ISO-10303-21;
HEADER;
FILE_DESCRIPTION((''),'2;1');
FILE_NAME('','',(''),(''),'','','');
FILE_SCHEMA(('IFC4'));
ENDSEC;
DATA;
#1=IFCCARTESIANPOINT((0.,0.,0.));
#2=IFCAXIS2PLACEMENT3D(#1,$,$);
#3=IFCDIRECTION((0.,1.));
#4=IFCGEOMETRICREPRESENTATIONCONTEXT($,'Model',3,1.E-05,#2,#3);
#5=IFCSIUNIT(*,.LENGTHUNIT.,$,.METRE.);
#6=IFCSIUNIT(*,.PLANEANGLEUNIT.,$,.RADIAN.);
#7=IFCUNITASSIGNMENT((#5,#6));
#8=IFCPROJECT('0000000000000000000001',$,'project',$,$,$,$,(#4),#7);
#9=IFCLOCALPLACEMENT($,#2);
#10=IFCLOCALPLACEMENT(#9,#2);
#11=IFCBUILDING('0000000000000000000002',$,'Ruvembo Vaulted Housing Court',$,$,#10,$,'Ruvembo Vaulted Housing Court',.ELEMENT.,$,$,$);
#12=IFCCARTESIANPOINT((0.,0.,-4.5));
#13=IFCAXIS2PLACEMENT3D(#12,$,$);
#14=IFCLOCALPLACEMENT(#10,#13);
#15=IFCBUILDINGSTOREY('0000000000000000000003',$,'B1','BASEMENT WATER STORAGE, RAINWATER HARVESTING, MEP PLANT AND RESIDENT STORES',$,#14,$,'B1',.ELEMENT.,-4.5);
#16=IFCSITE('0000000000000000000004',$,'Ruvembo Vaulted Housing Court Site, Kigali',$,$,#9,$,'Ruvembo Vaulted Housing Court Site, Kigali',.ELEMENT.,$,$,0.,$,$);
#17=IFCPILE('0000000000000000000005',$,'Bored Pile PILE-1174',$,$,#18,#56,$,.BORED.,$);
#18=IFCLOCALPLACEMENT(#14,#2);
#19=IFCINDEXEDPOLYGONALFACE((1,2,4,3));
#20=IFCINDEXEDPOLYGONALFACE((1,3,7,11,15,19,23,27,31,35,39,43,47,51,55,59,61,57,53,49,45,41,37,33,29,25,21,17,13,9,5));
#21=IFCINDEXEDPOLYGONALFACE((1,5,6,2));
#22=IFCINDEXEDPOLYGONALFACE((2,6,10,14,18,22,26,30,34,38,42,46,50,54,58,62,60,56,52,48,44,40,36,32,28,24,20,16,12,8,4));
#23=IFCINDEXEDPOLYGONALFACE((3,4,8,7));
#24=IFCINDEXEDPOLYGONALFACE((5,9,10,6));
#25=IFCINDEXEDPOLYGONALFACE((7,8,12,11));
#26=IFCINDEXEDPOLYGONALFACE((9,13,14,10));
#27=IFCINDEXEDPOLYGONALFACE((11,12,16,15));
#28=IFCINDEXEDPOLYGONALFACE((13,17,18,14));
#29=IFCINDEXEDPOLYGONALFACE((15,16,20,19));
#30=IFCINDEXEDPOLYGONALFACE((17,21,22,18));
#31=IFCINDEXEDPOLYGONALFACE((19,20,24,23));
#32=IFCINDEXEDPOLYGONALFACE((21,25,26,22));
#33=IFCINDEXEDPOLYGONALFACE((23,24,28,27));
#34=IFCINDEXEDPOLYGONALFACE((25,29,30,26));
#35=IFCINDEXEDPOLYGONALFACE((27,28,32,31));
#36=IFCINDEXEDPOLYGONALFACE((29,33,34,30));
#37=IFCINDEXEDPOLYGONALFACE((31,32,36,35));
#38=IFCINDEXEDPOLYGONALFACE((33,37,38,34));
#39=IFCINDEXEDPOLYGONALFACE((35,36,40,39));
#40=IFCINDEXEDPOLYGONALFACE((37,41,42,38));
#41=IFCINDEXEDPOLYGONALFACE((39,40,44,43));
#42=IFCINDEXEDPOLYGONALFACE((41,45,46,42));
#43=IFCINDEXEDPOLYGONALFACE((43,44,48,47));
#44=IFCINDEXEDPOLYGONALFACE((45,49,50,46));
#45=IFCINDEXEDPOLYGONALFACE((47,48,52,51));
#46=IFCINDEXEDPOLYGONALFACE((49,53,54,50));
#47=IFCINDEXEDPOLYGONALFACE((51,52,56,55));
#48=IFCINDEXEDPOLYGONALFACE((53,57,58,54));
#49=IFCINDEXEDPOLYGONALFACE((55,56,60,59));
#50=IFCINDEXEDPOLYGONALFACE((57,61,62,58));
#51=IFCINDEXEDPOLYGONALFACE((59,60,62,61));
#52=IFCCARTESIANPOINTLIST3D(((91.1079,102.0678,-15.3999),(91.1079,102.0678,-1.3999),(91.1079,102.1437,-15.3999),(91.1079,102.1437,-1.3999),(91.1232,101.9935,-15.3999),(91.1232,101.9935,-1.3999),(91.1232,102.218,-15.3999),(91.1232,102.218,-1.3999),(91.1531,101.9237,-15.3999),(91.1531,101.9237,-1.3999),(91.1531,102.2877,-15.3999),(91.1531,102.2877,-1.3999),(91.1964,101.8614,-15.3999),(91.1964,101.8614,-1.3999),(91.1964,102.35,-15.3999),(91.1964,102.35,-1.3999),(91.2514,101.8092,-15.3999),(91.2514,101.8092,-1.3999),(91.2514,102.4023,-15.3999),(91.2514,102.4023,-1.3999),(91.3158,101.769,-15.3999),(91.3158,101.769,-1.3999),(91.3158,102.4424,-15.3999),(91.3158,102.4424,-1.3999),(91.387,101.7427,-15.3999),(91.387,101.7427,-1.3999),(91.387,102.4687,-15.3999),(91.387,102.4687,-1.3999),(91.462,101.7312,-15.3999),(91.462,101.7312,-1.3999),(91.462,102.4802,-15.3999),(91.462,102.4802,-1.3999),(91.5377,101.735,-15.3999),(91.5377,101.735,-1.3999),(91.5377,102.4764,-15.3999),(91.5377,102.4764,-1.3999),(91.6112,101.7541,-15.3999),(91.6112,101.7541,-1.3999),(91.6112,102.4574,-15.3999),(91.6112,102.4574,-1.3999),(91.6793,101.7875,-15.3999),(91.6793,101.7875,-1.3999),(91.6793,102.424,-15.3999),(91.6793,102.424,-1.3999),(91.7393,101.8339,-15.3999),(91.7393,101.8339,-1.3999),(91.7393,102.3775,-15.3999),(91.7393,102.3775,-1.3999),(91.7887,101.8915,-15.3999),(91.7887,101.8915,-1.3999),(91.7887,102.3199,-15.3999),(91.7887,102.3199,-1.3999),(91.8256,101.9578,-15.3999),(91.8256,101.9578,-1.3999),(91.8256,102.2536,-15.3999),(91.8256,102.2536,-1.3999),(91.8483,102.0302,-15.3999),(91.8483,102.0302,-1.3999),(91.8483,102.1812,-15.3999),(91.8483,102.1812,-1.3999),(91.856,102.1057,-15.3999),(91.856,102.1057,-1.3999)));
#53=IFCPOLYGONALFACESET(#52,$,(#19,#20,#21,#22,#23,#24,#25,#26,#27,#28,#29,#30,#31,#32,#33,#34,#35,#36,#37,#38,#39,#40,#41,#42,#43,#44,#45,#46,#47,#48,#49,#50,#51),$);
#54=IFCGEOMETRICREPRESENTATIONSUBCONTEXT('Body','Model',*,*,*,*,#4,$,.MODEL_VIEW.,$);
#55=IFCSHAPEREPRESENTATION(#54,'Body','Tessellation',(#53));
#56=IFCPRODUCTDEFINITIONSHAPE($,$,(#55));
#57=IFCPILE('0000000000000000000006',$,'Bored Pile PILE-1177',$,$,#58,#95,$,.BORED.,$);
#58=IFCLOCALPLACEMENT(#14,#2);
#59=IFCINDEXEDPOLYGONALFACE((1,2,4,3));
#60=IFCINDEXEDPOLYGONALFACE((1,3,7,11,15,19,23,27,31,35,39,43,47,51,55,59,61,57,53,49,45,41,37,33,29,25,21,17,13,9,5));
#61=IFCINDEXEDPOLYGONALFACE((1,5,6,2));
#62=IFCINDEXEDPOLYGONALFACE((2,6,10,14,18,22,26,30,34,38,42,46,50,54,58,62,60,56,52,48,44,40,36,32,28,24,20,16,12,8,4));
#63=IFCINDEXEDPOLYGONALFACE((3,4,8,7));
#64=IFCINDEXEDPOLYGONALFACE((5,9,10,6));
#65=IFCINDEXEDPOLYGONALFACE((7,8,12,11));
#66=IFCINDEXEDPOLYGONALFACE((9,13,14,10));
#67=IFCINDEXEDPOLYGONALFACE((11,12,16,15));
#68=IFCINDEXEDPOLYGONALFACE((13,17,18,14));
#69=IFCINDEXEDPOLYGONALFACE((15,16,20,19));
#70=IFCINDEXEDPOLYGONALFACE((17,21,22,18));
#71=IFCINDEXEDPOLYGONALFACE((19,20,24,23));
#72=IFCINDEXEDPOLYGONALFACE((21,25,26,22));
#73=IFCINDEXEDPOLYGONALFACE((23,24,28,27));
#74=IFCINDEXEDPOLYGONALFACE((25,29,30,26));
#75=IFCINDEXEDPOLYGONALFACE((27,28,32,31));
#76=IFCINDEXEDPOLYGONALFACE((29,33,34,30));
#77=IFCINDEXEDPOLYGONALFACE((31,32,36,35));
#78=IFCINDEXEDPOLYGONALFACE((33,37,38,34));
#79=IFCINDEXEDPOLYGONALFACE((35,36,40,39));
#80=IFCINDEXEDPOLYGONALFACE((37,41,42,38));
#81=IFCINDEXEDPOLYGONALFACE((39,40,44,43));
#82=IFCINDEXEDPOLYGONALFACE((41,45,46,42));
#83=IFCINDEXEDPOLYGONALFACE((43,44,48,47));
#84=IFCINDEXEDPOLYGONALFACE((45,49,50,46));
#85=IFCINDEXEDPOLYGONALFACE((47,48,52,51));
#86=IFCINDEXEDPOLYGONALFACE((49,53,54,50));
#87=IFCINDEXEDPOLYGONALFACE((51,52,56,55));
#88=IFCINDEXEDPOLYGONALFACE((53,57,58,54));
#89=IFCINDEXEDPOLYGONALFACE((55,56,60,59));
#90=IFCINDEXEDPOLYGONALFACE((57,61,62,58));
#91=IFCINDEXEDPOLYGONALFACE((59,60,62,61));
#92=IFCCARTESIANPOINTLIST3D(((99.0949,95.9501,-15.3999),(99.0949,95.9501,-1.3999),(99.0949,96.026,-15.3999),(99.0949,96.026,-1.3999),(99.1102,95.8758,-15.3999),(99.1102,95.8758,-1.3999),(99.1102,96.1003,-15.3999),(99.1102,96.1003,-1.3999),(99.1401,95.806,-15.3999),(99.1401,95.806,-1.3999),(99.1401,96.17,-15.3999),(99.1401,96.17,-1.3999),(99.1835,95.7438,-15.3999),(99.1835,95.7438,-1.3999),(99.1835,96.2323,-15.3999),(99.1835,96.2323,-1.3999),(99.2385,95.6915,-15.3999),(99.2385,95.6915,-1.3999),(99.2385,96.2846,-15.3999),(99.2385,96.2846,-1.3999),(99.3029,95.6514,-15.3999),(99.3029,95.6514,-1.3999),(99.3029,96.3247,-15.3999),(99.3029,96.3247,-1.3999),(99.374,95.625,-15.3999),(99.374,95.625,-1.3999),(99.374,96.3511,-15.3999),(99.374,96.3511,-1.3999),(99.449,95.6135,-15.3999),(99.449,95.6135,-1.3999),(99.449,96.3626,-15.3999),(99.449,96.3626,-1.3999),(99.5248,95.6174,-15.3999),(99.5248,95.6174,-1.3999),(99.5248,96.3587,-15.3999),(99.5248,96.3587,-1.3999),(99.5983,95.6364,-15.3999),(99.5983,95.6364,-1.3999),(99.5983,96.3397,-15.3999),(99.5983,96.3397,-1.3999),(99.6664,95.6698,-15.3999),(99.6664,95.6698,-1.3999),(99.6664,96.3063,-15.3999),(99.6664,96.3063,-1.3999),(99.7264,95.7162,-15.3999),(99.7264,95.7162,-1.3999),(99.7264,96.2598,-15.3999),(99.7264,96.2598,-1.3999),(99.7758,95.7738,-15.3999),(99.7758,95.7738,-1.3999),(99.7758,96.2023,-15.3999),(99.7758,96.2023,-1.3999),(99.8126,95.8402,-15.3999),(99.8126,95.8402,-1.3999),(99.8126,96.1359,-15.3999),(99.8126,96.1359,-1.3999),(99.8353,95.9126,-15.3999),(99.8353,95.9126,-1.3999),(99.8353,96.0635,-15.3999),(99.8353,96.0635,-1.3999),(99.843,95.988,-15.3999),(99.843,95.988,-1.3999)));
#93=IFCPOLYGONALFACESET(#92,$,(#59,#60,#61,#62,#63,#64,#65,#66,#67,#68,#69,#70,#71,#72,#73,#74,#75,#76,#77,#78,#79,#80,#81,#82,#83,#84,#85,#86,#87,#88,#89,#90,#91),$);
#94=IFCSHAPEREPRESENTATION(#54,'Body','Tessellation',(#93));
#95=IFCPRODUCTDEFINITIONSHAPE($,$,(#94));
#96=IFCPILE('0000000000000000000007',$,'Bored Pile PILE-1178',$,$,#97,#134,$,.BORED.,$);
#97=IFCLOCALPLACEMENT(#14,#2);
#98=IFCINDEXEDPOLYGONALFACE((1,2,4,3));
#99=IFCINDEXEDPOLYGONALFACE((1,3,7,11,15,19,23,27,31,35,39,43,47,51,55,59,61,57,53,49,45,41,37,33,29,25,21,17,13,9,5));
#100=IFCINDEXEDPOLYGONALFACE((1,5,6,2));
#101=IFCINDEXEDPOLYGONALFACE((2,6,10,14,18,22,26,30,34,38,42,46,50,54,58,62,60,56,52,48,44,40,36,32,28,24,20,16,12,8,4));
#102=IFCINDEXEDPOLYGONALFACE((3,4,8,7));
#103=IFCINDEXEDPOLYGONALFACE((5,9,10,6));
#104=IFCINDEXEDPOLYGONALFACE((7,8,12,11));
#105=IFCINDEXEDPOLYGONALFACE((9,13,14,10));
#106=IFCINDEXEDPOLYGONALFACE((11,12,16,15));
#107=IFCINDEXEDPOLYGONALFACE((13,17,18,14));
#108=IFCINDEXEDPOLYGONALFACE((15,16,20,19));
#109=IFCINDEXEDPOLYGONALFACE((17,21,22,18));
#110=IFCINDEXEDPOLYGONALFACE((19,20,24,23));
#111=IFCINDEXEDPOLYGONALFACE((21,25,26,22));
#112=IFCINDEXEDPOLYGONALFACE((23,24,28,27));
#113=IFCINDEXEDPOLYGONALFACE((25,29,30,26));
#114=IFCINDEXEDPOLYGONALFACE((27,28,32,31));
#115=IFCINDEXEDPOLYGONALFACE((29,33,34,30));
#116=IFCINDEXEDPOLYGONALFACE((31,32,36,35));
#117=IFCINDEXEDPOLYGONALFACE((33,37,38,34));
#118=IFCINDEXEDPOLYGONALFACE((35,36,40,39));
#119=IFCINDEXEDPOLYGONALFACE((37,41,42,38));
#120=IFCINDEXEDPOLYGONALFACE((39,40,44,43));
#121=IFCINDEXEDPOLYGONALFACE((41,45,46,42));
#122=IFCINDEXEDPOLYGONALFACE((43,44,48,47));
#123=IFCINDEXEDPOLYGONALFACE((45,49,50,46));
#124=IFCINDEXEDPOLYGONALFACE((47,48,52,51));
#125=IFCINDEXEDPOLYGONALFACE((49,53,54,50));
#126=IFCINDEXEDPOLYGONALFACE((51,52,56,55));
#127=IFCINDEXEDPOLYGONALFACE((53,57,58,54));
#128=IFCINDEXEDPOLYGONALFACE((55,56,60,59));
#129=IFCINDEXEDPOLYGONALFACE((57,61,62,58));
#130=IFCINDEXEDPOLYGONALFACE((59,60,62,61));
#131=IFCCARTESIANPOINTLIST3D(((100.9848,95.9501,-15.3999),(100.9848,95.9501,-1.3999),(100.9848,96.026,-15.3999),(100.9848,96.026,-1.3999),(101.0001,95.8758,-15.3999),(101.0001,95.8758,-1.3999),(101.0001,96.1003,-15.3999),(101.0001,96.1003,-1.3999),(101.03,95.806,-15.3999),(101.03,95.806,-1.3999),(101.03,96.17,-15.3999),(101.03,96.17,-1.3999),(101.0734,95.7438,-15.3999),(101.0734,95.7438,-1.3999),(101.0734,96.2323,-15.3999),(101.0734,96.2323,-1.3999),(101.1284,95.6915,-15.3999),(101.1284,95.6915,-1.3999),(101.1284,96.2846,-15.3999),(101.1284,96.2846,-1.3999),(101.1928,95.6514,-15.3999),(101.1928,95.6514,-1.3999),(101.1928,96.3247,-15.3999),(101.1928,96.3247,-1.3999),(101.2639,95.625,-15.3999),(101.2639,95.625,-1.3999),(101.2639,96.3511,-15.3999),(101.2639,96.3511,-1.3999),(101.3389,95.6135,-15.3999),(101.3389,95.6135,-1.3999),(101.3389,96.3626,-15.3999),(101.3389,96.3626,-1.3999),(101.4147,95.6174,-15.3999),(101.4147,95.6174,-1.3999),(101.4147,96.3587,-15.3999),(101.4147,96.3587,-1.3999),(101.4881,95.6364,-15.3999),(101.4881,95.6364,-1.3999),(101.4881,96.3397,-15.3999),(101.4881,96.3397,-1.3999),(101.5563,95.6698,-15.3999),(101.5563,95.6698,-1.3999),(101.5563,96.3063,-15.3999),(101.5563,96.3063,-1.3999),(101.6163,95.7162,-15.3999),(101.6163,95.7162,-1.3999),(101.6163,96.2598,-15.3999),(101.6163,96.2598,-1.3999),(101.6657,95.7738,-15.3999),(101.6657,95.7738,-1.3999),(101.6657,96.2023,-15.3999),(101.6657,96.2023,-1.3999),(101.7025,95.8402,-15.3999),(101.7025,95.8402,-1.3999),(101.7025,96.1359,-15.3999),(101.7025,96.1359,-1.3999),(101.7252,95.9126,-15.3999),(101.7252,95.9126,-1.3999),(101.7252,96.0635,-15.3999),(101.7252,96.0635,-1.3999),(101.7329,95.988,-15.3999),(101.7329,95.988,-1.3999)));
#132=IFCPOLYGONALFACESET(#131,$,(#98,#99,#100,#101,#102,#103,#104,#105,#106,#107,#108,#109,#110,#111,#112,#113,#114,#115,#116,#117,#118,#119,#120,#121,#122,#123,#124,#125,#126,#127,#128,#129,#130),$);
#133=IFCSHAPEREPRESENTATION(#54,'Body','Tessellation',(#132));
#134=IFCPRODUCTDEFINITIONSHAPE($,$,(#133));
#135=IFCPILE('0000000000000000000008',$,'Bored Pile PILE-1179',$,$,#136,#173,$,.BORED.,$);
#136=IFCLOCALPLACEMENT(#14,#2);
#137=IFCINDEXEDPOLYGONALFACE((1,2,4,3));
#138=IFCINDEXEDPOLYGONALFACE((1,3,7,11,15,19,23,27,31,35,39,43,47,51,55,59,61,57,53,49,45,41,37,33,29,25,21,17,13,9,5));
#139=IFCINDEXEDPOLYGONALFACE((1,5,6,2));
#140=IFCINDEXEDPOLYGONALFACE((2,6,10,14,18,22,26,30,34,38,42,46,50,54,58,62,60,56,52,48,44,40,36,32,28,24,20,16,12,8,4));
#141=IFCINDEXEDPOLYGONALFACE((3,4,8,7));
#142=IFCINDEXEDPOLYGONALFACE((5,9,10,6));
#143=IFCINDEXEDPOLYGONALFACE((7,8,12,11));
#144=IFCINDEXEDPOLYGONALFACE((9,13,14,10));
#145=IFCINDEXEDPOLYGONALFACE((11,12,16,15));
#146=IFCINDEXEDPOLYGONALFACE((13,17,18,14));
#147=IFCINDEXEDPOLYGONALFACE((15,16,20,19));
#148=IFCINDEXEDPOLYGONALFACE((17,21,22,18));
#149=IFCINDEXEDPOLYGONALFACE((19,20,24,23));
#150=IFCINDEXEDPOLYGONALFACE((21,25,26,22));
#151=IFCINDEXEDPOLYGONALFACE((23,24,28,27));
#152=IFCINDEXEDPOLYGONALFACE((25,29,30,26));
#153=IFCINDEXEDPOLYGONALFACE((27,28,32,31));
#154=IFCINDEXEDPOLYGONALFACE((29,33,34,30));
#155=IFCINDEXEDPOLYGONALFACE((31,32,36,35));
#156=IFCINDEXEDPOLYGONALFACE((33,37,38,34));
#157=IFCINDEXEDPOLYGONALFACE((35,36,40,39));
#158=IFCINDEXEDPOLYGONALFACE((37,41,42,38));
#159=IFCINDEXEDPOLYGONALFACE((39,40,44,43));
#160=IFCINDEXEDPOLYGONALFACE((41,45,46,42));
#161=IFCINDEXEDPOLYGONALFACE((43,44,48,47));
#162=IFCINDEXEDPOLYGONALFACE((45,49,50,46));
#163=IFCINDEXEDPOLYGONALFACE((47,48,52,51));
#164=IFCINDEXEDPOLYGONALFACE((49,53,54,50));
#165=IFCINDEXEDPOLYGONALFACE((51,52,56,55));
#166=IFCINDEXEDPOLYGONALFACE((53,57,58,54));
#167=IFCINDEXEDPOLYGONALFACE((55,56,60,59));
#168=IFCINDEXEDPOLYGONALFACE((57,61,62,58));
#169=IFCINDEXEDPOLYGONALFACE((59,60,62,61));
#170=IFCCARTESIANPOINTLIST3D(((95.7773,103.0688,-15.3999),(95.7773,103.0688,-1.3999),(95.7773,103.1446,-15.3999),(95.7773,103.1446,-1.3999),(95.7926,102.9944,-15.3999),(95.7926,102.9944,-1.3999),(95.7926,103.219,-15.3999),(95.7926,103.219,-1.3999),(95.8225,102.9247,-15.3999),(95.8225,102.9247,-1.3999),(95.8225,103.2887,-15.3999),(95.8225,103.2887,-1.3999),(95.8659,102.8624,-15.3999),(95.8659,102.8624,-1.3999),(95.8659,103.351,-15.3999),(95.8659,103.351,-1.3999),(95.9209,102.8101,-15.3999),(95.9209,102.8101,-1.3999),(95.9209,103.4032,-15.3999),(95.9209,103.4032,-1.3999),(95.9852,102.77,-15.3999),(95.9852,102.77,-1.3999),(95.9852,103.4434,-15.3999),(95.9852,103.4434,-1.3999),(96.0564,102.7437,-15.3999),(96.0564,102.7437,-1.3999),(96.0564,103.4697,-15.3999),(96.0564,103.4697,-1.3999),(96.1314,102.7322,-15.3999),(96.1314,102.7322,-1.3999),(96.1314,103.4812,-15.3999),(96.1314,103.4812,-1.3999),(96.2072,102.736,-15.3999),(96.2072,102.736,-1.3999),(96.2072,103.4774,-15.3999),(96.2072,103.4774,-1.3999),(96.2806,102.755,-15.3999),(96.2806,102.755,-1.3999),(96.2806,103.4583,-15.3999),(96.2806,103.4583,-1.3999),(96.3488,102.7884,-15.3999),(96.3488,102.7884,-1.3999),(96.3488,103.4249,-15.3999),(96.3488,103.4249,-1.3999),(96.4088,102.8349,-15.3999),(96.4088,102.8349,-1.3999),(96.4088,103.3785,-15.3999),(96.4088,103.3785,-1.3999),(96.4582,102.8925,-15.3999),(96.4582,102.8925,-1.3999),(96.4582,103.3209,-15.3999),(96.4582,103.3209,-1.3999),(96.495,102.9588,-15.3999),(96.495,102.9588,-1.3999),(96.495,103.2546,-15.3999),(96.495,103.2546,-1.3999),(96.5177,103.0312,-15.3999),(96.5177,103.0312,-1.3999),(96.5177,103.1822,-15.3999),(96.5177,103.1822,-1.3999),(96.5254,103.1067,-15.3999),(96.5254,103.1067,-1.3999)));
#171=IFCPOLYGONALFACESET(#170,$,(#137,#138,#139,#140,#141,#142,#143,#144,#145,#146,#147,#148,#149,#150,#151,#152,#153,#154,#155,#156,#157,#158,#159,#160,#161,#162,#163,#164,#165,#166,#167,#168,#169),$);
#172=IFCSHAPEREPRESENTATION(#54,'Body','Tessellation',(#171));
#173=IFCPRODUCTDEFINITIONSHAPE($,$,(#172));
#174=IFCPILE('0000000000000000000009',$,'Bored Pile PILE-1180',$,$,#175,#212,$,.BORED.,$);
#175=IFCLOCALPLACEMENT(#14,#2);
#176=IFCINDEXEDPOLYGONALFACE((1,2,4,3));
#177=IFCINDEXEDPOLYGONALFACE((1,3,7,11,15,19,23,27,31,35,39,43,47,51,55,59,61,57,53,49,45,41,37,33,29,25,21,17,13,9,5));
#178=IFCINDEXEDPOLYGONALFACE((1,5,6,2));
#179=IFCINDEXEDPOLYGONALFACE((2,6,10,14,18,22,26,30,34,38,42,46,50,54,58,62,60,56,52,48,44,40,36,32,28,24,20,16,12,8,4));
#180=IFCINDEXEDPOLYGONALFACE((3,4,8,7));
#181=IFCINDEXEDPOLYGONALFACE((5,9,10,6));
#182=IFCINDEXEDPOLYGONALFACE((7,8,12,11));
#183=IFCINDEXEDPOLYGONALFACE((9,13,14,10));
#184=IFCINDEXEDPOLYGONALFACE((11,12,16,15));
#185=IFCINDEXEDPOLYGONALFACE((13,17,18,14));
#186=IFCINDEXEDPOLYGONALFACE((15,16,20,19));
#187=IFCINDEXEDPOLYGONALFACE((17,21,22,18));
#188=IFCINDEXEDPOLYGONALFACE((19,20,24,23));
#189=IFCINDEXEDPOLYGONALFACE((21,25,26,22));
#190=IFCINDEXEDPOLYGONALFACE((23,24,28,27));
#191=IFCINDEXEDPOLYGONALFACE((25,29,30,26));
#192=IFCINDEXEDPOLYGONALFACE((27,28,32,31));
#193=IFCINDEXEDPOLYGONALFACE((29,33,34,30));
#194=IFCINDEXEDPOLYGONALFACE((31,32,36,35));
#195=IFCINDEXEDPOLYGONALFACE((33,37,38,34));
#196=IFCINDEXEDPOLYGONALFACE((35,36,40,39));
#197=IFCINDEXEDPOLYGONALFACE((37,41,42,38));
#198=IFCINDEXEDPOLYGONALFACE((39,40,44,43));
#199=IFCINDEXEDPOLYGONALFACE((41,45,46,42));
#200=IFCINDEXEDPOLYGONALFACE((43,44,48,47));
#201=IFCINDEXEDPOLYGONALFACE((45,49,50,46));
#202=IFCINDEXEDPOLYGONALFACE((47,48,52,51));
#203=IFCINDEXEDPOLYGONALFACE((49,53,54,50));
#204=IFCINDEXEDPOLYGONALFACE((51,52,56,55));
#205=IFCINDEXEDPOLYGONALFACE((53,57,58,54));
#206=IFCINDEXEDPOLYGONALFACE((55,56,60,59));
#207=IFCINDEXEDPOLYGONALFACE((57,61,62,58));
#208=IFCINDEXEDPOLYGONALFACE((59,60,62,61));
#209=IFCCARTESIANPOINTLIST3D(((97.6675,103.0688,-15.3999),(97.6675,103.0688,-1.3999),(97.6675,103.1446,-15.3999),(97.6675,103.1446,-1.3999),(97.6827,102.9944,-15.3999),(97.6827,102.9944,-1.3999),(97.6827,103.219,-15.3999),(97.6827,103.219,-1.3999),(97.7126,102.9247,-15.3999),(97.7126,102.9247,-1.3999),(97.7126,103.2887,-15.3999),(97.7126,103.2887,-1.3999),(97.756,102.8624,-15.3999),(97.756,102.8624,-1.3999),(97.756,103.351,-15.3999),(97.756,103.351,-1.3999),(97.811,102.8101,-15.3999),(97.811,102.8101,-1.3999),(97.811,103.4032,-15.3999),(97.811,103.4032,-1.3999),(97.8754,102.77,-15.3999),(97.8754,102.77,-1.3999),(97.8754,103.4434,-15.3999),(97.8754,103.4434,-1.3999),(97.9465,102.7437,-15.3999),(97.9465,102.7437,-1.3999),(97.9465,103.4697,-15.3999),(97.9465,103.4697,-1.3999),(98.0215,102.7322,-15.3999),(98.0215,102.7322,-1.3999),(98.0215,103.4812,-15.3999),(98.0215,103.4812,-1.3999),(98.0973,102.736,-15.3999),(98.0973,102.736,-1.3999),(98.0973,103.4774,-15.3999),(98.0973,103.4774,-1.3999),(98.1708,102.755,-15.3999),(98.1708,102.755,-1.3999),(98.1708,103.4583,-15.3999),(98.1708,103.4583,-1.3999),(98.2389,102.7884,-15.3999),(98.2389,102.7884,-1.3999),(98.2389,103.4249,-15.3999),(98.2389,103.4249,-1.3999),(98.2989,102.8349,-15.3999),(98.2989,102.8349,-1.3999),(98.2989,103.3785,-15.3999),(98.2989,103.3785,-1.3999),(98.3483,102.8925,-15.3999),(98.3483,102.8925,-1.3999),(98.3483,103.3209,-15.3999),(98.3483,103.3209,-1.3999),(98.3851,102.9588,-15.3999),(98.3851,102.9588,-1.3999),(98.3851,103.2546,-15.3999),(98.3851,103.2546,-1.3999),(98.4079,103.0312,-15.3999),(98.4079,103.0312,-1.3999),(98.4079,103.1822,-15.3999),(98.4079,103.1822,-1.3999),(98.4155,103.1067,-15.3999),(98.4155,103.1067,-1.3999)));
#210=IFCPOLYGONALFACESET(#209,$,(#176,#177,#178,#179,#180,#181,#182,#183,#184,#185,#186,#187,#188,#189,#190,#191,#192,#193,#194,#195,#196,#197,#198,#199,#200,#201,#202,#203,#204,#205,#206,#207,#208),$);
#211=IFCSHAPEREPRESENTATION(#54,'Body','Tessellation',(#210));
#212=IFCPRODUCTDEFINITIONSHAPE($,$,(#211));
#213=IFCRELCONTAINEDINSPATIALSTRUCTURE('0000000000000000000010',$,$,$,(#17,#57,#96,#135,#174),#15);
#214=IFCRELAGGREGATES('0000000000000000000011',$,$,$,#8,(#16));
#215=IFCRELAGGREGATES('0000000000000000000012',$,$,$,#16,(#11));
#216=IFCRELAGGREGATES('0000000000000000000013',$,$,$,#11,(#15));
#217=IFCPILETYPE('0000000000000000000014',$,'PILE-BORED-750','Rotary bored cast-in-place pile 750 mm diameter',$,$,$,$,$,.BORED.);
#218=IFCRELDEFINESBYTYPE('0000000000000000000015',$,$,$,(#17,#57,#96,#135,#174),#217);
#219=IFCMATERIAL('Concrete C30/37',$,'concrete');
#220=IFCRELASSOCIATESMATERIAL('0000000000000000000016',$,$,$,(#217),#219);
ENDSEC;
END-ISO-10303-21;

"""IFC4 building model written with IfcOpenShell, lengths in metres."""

from ifc_helpers import new_model, si_unit, direction, frame, origin, origin_2d, place, context, subcontext, project, spatial, circle, extrude, material, material_profile, profile_set, type_object, element, save


model = new_model("IFC4")

# Units and contexts
model_context = context("Model", 3, precision=1e-05, world=origin(), true_north=direction((0.0, 1.0)))
body_context = subcontext(model_context, "Body", "Model", "MODEL_VIEW")
ifc_project = project(units=[si_unit("LENGTHUNIT", "METRE"), si_unit("PLANEANGLEUNIT", "RADIAN")], contexts=[model_context])

# Site, building, storey
site_placement = place(None, origin())
site = spatial("IfcSite", under=ifc_project, at=site_placement, Name="Ruvembo Vaulted Housing Court Site, Kigali", LongName="Ruvembo Vaulted Housing Court Site, Kigali", CompositionType="ELEMENT", RefElevation=0.0)
building_placement = place(site_placement, origin())
building = spatial("IfcBuilding", under=site, at=building_placement, Name="Ruvembo Vaulted Housing Court", LongName="Ruvembo Vaulted Housing Court", CompositionType="ELEMENT")
storey_placement = place(building_placement, frame((0.0, 0.0, -4.5)))
storey = spatial("IfcBuildingStorey", under=building, at=storey_placement, Name="B1", Description="BASEMENT WATER STORAGE, RAINWATER HARVESTING, MEP PLANT AND RESIDENT STORES", LongName="B1", CompositionType="ELEMENT", Elevation=-4.5)

# Piles
ifc_material_1 = material(Name="Concrete C30/37", Category="concrete")
ifc_material_profile_1 = material_profile(ifc_material_1, circle(Radius=0.375, at=origin_2d()), Name="PILE D750")
ifc_profile_set_1 = profile_set([ifc_material_profile_1], Name="Concrete C30/37")
pile_type = type_object("IfcPileType", Name="PILE-BORED-750", Description="Rotary bored cast-in-place pile 750 mm diameter", PredefinedType="BORED", material=ifc_profile_set_1)
for number, where, z_axis, x_axis, name in (
    (1, (91.481, 102.1057, -1.3999), (0.0, 0.0, -1.0), (1.0, 0.0, 0.0), "Bored Pile PILE-1174"),
    (2, (99.468, 95.988, -1.3999), (0.0, 0.0, -1.0), (1.0, 0.0, 0.0), "Bored Pile PILE-1177"),
    (3, (101.3579, 95.988, -1.3999), (0.0, 0.0, -1.0), (1.0, 0.0, 0.0), "Bored Pile PILE-1178"),
    (4, (96.1504, 103.1067, -1.3999), (0.0, 0.0, -1.0), (1.0, 0.0, 0.0), "Bored Pile PILE-1179"),
    (5, (98.0405, 103.1067, -1.3999), (0.0, 0.0, -1.0), (1.0, 0.0, 0.0), "Bored Pile PILE-1180"),
):
    element("IfcPile", number, at=place(storey_placement, frame(where, z_axis=z_axis, x_axis=x_axis)), inside=storey, type_object=pile_type, Name=name, PredefinedType="BORED", context=body_context, shape_type="SweptSolid", body=[
        extrude(circle(Radius=0.375, at=origin_2d()), origin(), (0.0, 0.0, 1.0), 14.0),
    ])

save(model, "model.ifc")
